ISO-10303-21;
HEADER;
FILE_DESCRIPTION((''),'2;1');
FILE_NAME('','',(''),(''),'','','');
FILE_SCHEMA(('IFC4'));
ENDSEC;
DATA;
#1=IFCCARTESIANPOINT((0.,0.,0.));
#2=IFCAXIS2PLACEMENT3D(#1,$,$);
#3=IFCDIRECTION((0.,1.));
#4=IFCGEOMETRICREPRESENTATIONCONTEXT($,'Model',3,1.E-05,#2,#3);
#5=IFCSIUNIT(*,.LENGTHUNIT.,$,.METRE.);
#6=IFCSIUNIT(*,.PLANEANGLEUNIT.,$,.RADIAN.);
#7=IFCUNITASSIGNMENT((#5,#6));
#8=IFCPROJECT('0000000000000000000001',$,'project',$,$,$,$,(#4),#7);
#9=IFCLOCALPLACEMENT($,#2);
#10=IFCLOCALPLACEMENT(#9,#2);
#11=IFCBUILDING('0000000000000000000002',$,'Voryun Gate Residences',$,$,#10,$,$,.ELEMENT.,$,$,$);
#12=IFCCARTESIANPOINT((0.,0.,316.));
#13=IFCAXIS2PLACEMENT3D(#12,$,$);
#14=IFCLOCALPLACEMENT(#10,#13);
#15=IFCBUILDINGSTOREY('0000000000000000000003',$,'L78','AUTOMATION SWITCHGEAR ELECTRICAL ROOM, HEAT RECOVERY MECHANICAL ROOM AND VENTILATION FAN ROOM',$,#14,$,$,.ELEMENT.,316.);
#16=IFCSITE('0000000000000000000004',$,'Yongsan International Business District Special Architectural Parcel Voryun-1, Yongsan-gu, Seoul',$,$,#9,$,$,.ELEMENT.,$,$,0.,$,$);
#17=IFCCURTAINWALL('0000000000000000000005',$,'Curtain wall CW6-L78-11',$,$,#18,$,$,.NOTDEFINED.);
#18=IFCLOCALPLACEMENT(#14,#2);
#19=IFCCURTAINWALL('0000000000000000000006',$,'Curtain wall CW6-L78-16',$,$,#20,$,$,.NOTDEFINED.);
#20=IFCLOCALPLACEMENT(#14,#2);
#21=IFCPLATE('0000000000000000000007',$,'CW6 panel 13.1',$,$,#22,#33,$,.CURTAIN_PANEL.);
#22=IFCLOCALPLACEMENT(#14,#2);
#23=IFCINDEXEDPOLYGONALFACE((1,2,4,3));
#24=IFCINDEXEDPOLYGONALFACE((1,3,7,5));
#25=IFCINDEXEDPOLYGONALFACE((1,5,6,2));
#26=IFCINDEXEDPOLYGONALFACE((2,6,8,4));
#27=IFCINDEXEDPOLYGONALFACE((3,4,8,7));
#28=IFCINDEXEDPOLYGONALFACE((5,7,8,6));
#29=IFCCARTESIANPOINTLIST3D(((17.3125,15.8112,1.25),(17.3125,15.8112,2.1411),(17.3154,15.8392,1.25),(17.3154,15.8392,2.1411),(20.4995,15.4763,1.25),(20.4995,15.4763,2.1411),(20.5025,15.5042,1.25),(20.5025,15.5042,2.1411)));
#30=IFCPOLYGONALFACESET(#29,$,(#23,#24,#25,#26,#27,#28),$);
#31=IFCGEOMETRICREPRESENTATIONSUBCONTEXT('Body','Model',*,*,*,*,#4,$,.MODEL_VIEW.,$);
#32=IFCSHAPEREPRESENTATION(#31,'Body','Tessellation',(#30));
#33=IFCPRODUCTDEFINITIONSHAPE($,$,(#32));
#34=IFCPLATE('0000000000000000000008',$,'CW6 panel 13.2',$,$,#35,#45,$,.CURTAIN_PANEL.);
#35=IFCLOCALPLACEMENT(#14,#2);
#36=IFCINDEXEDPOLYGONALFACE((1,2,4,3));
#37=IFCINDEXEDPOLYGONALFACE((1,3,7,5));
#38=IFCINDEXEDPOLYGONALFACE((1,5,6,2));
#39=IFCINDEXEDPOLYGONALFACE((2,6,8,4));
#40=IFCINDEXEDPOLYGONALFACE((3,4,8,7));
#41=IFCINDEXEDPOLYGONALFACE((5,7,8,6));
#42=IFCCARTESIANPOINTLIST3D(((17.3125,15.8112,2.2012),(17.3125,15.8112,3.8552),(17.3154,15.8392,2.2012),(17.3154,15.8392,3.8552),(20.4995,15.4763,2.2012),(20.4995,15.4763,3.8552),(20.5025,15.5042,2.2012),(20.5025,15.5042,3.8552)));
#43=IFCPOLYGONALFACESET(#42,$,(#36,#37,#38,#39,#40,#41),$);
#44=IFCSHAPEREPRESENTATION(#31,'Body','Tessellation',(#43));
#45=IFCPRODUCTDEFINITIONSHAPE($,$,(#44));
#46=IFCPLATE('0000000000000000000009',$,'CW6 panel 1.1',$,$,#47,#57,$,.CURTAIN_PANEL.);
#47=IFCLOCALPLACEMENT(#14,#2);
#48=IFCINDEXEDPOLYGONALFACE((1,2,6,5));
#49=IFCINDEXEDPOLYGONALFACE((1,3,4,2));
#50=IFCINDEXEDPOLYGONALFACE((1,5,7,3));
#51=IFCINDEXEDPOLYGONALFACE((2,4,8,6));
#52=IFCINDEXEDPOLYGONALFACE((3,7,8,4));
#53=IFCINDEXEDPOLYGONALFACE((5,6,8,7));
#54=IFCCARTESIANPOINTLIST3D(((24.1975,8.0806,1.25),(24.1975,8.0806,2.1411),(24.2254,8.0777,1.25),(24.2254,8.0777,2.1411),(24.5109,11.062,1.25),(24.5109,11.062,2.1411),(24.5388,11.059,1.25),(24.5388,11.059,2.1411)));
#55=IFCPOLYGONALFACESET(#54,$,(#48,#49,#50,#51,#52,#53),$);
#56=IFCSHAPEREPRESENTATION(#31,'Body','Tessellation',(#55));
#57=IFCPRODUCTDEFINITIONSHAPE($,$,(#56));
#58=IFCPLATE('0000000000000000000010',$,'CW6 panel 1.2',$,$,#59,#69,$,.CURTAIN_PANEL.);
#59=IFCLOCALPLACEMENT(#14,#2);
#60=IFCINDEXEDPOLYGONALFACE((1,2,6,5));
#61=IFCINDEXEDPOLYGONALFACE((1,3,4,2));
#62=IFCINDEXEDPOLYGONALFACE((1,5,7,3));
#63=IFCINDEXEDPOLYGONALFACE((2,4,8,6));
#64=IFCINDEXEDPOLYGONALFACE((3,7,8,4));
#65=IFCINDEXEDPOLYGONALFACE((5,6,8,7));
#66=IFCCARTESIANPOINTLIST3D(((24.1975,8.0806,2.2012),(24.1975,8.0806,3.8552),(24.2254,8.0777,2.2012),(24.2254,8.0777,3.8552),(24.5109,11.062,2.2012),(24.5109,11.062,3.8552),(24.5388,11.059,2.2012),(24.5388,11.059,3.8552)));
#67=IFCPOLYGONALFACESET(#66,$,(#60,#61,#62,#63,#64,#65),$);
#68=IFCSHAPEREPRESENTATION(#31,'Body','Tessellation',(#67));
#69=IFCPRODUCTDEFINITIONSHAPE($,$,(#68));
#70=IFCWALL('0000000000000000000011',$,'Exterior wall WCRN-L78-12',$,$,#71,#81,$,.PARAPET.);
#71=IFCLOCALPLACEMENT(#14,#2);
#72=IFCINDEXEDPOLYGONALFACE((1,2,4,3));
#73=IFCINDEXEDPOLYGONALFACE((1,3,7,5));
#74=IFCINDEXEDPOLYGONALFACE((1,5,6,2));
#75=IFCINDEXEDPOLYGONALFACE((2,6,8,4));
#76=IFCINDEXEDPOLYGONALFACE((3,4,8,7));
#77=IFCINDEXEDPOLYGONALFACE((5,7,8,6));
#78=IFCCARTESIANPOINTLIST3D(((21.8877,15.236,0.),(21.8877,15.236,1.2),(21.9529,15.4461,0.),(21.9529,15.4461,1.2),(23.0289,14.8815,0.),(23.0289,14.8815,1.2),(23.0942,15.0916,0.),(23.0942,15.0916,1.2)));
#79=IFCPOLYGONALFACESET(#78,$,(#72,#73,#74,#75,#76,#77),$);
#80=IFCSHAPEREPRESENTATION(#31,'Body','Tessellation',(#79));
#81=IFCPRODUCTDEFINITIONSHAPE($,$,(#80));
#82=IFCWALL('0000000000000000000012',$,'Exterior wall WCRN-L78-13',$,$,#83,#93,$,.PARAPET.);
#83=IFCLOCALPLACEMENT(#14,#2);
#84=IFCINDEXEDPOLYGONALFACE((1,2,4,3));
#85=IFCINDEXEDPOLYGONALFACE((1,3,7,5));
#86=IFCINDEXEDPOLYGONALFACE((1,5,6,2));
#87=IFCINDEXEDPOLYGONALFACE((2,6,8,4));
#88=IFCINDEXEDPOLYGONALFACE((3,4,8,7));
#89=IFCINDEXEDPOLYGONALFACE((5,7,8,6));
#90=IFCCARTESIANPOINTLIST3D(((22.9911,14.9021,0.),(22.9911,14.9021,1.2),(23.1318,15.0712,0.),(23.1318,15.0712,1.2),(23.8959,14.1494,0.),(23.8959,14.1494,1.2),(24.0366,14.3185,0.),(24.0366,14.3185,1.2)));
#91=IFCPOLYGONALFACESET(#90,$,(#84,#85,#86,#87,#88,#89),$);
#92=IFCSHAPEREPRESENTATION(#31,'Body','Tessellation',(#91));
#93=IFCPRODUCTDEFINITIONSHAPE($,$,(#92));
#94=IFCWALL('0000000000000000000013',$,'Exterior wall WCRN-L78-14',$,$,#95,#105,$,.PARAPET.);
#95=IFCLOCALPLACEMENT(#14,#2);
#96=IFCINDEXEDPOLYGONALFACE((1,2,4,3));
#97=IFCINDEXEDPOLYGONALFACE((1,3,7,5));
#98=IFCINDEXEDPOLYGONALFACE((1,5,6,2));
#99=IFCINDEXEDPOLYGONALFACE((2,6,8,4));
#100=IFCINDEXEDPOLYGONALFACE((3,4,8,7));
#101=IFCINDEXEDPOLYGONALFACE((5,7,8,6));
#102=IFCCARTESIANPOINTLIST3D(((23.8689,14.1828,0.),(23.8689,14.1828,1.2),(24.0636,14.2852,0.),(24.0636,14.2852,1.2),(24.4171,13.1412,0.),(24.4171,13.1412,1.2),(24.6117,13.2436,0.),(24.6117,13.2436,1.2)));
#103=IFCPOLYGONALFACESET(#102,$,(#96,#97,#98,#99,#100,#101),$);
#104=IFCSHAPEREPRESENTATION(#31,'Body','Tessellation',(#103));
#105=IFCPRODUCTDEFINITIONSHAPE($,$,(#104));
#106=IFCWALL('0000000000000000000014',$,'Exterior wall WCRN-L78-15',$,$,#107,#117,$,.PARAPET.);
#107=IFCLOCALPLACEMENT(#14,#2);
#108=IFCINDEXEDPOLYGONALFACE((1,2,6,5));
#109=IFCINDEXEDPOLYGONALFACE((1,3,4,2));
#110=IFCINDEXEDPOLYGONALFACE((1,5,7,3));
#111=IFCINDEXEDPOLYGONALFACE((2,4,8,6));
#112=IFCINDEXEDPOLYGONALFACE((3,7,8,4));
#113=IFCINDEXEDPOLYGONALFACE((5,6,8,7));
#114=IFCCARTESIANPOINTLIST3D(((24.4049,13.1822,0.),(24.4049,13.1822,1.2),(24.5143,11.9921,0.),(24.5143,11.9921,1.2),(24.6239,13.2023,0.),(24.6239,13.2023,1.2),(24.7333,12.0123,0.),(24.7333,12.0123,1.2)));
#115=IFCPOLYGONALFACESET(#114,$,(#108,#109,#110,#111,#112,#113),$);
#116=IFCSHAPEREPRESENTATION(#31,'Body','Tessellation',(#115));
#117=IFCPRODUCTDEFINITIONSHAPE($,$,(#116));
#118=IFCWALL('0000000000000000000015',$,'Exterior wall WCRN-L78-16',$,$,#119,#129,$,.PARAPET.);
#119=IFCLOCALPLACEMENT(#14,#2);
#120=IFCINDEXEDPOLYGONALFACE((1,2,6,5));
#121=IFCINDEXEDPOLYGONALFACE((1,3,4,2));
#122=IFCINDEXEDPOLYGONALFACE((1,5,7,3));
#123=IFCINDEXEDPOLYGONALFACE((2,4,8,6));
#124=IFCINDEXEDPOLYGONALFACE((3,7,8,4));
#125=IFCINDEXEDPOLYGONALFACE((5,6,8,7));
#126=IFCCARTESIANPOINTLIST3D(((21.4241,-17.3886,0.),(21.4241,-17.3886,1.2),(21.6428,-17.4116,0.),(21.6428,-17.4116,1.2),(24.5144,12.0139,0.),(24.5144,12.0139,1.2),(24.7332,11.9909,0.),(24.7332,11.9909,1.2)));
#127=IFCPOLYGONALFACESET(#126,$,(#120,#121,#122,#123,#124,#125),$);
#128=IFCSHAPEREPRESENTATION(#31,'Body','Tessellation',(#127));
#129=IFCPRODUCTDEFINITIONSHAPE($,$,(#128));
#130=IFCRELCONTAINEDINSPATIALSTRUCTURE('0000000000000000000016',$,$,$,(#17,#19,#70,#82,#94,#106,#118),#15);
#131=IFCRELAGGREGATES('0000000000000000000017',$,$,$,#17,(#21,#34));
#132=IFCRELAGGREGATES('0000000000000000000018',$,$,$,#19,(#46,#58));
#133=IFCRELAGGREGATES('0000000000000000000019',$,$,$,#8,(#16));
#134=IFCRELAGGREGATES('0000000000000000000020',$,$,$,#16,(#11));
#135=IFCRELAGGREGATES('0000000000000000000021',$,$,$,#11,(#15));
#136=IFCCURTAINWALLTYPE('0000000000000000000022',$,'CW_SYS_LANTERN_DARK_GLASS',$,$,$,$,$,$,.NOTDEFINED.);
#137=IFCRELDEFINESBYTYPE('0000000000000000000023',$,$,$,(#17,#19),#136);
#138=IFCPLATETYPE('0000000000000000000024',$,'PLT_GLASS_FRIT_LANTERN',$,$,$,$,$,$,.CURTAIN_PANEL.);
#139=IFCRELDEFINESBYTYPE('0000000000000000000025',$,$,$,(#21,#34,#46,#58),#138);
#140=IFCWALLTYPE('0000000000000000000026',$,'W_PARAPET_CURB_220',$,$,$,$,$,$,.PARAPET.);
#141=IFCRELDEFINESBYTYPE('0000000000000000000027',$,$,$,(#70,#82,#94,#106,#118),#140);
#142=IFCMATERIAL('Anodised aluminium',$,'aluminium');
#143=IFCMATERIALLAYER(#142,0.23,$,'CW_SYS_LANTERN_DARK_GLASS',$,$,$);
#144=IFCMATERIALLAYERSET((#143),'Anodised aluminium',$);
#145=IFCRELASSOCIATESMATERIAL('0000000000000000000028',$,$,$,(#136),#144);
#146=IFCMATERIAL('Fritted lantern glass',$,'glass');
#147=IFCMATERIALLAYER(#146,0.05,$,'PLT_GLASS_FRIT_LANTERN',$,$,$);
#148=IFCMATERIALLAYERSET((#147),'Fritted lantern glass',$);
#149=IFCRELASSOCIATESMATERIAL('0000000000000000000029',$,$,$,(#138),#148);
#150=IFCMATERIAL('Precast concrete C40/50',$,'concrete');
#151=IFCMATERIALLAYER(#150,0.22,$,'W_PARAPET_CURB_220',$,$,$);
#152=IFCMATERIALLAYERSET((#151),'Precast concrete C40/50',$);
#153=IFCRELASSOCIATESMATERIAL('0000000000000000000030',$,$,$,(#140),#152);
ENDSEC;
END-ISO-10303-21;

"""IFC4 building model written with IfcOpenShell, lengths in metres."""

from ifc_helpers import new_model, si_unit, direction, frame, frame_2d, origin, origin_2d, place, context, subcontext, project, spatial, rectangle, extrude, material, layer, layer_set, type_object, element, aggregate, save


model = new_model("IFC4")

# Units and contexts
model_context = context("Model", 3, precision=1e-05, world=origin(), true_north=direction((0.0, 1.0)))
body_context = subcontext(model_context, "Body", "Model", "MODEL_VIEW")
ifc_project = project(units=[si_unit("LENGTHUNIT", "METRE"), si_unit("PLANEANGLEUNIT", "RADIAN")], contexts=[model_context])

# Site, building, storey
site_placement = place(None, origin())
site = spatial("IfcSite", under=ifc_project, at=site_placement, Name="Yongsan International Business District Special Architectural Parcel Voryun-1, Yongsan-gu, Seoul", CompositionType="ELEMENT", RefElevation=0.0)
building_placement = place(site_placement, origin())
building = spatial("IfcBuilding", under=site, at=building_placement, Name="Voryun Gate Residences", CompositionType="ELEMENT")
storey_placement = place(building_placement, frame((0.0, 0.0, 316.0)))
storey = spatial("IfcBuildingStorey", under=building, at=storey_placement, Name="L78", Description="AUTOMATION SWITCHGEAR ELECTRICAL ROOM, HEAT RECOVERY MECHANICAL ROOM AND VENTILATION FAN ROOM", CompositionType="ELEMENT", Elevation=316.0)

# Curtain walls
ifc_material_1 = material(Name="Anodised aluminium", Category="aluminium")
ifc_layer_1 = layer(ifc_material_1, 0.23, Name="CW_SYS_LANTERN_DARK_GLASS")
ifc_layer_set_1 = layer_set([ifc_layer_1], Name="Anodised aluminium")
curtain_wall_type = type_object("IfcCurtainWallType", Name="CW_SYS_LANTERN_DARK_GLASS", PredefinedType="NOTDEFINED", material=ifc_layer_set_1)
curtain_wall_1_placement = place(storey_placement, origin())
curtain_wall_1 = element("IfcCurtainWall", 1, at=curtain_wall_1_placement, inside=storey, type_object=curtain_wall_type, Name="Curtain wall CW6-L78-11", PredefinedType="NOTDEFINED")
curtain_wall_2_placement = place(storey_placement, origin())
curtain_wall_2 = element("IfcCurtainWall", 2, at=curtain_wall_2_placement, inside=storey, type_object=curtain_wall_type, Name="Curtain wall CW6-L78-16", PredefinedType="NOTDEFINED")

# Plates
ifc_material_2 = material(Name="Fritted lantern glass", Category="glass")
ifc_layer_2 = layer(ifc_material_2, 0.05, Name="PLT_GLASS_FRIT_LANTERN")
ifc_layer_set_2 = layer_set([ifc_layer_2], Name="Fritted lantern glass")
plate_type_1 = type_object("IfcPlateType", Name="PLT_GLASS_FRIT_LANTERN", PredefinedType="CURTAIN_PANEL", material=ifc_layer_set_2)
plate_1_placement = place(storey_placement, frame((18.9075, 15.6577, 1.25), z_axis=(0.0, 0.0, 1.0), x_axis=(0.994522, -0.104528, 0.0)))
plate_1 = element("IfcPlate", 3, at=plate_1_placement, type_object=plate_type_1, Name="CW6 panel 13.1", PredefinedType="CURTAIN_PANEL", context=body_context, shape_type="SweptSolid", body=[
    extrude(rectangle(XDim=3.2046, YDim=0.0281, at=origin_2d()), origin(), (0.0, 0.0, 1.0), 0.8911),
])
plate_2_placement = place(storey_placement, frame((18.9075, 15.6577, 2.2012), z_axis=(0.0, 0.0, 1.0), x_axis=(0.994522, -0.104528, 0.0)))
plate_2 = element("IfcPlate", 4, at=plate_2_placement, type_object=plate_type_1, Name="CW6 panel 13.2", PredefinedType="CURTAIN_PANEL", context=body_context, shape_type="SweptSolid", body=[
    extrude(rectangle(XDim=3.2046, YDim=0.0281, at=origin_2d()), origin(), (0.0, 0.0, 1.0), 1.6541),
])
aggregate(curtain_wall_1, [plate_1, plate_2])
plate_3_placement = place(storey_placement, frame((24.3682, 9.5698, 1.25), z_axis=(0.0, 0.0, 1.0), x_axis=(-0.104528, -0.994522, 0.0)))
plate_3 = element("IfcPlate", 5, at=plate_3_placement, type_object=plate_type_1, Name="CW6 panel 1.1", PredefinedType="CURTAIN_PANEL", context=body_context, shape_type="SweptSolid", body=[
    extrude(rectangle(XDim=2.9978, YDim=0.0281, at=origin_2d()), origin(), (0.0, 0.0, 1.0), 0.8911),
])
plate_4_placement = place(storey_placement, frame((24.3682, 9.5698, 2.2012), z_axis=(0.0, 0.0, 1.0), x_axis=(-0.104528, -0.994522, 0.0)))
plate_4 = element("IfcPlate", 6, at=plate_4_placement, type_object=plate_type_1, Name="CW6 panel 1.2", PredefinedType="CURTAIN_PANEL", context=body_context, shape_type="SweptSolid", body=[
    extrude(rectangle(XDim=2.9978, YDim=0.0281, at=origin_2d()), origin(), (0.0, 0.0, 1.0), 1.6541),
])
aggregate(curtain_wall_2, [plate_3, plate_4])

# Walls
ifc_material_3 = material(Name="Precast concrete C40/50", Category="concrete")
ifc_layer_3 = layer(ifc_material_3, 0.22, Name="W_PARAPET_CURB_220")
ifc_layer_set_3 = layer_set([ifc_layer_3], Name="Precast concrete C40/50")
wall_type = type_object("IfcWallType", Name="W_PARAPET_CURB_220", PredefinedType="PARAPET", material=ifc_layer_set_3)
wall_1_placement = place(storey_placement, frame((21.9202, 15.3411, 0.0), z_axis=(0.0, 0.0, 1.0), x_axis=(0.954998, -0.296611, 0.0)))
element("IfcWall", 7, at=wall_1_placement, inside=storey, type_object=wall_type, Name="Exterior wall WCRN-L78-12", PredefinedType="PARAPET", context=body_context, shape_type="SweptSolid", body=[
    extrude(rectangle(XDim=1.1951, YDim=0.22, at=frame_2d((0.5977, 0.0))), origin(), (0.0, 0.0, 1.0), 1.2),
])
for number, where, z_axis, x_axis, name in (
    (8, (23.0615, 14.9866, 0.0), (0.0, 0.0, 1.0), (0.768765, -0.639531, 0.0), "Exterior wall WCRN-L78-13"),
    (9, (23.9663, 14.2339, 0.0), (0.0, 0.0, 1.0), (0.465704, -0.884941, 0.0), "Exterior wall WCRN-L78-14"),
):
    element("IfcWall", number, at=place(storey_placement, frame(where, z_axis=z_axis, x_axis=x_axis)), inside=storey, type_object=wall_type, Name=name, PredefinedType="PARAPET", context=body_context, shape_type="SweptSolid", body=[
        extrude(rectangle(XDim=1.177, YDim=0.22, at=frame_2d((0.5884, 0.0))), origin(), (0.0, 0.0, 1.0), 1.2),
    ])
wall_2_placement = place(storey_placement, frame((24.5144, 13.1924, 0.0), z_axis=(0.0, 0.0, 1.0), x_axis=(0.09153, -0.995802, 0.0)))
element("IfcWall", 10, at=wall_2_placement, inside=storey, type_object=wall_type, Name="Exterior wall WCRN-L78-15", PredefinedType="PARAPET", context=body_context, shape_type="SweptSolid", body=[
    extrude(rectangle(XDim=1.1951, YDim=0.22, at=frame_2d((0.5977, 0.0))), origin(), (0.0, 0.0, 1.0), 1.2),
])
wall_3_placement = place(storey_placement, frame((24.6238, 12.0024, 0.0), z_axis=(0.0, 0.0, 1.0), x_axis=(-0.104528, -0.994522, 0.0)))
element("IfcWall", 11, at=wall_3_placement, inside=storey, type_object=wall_type, Name="Exterior wall WCRN-L78-16", PredefinedType="PARAPET", context=body_context, shape_type="SweptSolid", body=[
    extrude(rectangle(XDim=29.5645, YDim=0.22, at=frame_2d((14.7822, 0.0))), origin(), (0.0, 0.0, 1.0), 1.2),
])

save(model, "model.ifc")
